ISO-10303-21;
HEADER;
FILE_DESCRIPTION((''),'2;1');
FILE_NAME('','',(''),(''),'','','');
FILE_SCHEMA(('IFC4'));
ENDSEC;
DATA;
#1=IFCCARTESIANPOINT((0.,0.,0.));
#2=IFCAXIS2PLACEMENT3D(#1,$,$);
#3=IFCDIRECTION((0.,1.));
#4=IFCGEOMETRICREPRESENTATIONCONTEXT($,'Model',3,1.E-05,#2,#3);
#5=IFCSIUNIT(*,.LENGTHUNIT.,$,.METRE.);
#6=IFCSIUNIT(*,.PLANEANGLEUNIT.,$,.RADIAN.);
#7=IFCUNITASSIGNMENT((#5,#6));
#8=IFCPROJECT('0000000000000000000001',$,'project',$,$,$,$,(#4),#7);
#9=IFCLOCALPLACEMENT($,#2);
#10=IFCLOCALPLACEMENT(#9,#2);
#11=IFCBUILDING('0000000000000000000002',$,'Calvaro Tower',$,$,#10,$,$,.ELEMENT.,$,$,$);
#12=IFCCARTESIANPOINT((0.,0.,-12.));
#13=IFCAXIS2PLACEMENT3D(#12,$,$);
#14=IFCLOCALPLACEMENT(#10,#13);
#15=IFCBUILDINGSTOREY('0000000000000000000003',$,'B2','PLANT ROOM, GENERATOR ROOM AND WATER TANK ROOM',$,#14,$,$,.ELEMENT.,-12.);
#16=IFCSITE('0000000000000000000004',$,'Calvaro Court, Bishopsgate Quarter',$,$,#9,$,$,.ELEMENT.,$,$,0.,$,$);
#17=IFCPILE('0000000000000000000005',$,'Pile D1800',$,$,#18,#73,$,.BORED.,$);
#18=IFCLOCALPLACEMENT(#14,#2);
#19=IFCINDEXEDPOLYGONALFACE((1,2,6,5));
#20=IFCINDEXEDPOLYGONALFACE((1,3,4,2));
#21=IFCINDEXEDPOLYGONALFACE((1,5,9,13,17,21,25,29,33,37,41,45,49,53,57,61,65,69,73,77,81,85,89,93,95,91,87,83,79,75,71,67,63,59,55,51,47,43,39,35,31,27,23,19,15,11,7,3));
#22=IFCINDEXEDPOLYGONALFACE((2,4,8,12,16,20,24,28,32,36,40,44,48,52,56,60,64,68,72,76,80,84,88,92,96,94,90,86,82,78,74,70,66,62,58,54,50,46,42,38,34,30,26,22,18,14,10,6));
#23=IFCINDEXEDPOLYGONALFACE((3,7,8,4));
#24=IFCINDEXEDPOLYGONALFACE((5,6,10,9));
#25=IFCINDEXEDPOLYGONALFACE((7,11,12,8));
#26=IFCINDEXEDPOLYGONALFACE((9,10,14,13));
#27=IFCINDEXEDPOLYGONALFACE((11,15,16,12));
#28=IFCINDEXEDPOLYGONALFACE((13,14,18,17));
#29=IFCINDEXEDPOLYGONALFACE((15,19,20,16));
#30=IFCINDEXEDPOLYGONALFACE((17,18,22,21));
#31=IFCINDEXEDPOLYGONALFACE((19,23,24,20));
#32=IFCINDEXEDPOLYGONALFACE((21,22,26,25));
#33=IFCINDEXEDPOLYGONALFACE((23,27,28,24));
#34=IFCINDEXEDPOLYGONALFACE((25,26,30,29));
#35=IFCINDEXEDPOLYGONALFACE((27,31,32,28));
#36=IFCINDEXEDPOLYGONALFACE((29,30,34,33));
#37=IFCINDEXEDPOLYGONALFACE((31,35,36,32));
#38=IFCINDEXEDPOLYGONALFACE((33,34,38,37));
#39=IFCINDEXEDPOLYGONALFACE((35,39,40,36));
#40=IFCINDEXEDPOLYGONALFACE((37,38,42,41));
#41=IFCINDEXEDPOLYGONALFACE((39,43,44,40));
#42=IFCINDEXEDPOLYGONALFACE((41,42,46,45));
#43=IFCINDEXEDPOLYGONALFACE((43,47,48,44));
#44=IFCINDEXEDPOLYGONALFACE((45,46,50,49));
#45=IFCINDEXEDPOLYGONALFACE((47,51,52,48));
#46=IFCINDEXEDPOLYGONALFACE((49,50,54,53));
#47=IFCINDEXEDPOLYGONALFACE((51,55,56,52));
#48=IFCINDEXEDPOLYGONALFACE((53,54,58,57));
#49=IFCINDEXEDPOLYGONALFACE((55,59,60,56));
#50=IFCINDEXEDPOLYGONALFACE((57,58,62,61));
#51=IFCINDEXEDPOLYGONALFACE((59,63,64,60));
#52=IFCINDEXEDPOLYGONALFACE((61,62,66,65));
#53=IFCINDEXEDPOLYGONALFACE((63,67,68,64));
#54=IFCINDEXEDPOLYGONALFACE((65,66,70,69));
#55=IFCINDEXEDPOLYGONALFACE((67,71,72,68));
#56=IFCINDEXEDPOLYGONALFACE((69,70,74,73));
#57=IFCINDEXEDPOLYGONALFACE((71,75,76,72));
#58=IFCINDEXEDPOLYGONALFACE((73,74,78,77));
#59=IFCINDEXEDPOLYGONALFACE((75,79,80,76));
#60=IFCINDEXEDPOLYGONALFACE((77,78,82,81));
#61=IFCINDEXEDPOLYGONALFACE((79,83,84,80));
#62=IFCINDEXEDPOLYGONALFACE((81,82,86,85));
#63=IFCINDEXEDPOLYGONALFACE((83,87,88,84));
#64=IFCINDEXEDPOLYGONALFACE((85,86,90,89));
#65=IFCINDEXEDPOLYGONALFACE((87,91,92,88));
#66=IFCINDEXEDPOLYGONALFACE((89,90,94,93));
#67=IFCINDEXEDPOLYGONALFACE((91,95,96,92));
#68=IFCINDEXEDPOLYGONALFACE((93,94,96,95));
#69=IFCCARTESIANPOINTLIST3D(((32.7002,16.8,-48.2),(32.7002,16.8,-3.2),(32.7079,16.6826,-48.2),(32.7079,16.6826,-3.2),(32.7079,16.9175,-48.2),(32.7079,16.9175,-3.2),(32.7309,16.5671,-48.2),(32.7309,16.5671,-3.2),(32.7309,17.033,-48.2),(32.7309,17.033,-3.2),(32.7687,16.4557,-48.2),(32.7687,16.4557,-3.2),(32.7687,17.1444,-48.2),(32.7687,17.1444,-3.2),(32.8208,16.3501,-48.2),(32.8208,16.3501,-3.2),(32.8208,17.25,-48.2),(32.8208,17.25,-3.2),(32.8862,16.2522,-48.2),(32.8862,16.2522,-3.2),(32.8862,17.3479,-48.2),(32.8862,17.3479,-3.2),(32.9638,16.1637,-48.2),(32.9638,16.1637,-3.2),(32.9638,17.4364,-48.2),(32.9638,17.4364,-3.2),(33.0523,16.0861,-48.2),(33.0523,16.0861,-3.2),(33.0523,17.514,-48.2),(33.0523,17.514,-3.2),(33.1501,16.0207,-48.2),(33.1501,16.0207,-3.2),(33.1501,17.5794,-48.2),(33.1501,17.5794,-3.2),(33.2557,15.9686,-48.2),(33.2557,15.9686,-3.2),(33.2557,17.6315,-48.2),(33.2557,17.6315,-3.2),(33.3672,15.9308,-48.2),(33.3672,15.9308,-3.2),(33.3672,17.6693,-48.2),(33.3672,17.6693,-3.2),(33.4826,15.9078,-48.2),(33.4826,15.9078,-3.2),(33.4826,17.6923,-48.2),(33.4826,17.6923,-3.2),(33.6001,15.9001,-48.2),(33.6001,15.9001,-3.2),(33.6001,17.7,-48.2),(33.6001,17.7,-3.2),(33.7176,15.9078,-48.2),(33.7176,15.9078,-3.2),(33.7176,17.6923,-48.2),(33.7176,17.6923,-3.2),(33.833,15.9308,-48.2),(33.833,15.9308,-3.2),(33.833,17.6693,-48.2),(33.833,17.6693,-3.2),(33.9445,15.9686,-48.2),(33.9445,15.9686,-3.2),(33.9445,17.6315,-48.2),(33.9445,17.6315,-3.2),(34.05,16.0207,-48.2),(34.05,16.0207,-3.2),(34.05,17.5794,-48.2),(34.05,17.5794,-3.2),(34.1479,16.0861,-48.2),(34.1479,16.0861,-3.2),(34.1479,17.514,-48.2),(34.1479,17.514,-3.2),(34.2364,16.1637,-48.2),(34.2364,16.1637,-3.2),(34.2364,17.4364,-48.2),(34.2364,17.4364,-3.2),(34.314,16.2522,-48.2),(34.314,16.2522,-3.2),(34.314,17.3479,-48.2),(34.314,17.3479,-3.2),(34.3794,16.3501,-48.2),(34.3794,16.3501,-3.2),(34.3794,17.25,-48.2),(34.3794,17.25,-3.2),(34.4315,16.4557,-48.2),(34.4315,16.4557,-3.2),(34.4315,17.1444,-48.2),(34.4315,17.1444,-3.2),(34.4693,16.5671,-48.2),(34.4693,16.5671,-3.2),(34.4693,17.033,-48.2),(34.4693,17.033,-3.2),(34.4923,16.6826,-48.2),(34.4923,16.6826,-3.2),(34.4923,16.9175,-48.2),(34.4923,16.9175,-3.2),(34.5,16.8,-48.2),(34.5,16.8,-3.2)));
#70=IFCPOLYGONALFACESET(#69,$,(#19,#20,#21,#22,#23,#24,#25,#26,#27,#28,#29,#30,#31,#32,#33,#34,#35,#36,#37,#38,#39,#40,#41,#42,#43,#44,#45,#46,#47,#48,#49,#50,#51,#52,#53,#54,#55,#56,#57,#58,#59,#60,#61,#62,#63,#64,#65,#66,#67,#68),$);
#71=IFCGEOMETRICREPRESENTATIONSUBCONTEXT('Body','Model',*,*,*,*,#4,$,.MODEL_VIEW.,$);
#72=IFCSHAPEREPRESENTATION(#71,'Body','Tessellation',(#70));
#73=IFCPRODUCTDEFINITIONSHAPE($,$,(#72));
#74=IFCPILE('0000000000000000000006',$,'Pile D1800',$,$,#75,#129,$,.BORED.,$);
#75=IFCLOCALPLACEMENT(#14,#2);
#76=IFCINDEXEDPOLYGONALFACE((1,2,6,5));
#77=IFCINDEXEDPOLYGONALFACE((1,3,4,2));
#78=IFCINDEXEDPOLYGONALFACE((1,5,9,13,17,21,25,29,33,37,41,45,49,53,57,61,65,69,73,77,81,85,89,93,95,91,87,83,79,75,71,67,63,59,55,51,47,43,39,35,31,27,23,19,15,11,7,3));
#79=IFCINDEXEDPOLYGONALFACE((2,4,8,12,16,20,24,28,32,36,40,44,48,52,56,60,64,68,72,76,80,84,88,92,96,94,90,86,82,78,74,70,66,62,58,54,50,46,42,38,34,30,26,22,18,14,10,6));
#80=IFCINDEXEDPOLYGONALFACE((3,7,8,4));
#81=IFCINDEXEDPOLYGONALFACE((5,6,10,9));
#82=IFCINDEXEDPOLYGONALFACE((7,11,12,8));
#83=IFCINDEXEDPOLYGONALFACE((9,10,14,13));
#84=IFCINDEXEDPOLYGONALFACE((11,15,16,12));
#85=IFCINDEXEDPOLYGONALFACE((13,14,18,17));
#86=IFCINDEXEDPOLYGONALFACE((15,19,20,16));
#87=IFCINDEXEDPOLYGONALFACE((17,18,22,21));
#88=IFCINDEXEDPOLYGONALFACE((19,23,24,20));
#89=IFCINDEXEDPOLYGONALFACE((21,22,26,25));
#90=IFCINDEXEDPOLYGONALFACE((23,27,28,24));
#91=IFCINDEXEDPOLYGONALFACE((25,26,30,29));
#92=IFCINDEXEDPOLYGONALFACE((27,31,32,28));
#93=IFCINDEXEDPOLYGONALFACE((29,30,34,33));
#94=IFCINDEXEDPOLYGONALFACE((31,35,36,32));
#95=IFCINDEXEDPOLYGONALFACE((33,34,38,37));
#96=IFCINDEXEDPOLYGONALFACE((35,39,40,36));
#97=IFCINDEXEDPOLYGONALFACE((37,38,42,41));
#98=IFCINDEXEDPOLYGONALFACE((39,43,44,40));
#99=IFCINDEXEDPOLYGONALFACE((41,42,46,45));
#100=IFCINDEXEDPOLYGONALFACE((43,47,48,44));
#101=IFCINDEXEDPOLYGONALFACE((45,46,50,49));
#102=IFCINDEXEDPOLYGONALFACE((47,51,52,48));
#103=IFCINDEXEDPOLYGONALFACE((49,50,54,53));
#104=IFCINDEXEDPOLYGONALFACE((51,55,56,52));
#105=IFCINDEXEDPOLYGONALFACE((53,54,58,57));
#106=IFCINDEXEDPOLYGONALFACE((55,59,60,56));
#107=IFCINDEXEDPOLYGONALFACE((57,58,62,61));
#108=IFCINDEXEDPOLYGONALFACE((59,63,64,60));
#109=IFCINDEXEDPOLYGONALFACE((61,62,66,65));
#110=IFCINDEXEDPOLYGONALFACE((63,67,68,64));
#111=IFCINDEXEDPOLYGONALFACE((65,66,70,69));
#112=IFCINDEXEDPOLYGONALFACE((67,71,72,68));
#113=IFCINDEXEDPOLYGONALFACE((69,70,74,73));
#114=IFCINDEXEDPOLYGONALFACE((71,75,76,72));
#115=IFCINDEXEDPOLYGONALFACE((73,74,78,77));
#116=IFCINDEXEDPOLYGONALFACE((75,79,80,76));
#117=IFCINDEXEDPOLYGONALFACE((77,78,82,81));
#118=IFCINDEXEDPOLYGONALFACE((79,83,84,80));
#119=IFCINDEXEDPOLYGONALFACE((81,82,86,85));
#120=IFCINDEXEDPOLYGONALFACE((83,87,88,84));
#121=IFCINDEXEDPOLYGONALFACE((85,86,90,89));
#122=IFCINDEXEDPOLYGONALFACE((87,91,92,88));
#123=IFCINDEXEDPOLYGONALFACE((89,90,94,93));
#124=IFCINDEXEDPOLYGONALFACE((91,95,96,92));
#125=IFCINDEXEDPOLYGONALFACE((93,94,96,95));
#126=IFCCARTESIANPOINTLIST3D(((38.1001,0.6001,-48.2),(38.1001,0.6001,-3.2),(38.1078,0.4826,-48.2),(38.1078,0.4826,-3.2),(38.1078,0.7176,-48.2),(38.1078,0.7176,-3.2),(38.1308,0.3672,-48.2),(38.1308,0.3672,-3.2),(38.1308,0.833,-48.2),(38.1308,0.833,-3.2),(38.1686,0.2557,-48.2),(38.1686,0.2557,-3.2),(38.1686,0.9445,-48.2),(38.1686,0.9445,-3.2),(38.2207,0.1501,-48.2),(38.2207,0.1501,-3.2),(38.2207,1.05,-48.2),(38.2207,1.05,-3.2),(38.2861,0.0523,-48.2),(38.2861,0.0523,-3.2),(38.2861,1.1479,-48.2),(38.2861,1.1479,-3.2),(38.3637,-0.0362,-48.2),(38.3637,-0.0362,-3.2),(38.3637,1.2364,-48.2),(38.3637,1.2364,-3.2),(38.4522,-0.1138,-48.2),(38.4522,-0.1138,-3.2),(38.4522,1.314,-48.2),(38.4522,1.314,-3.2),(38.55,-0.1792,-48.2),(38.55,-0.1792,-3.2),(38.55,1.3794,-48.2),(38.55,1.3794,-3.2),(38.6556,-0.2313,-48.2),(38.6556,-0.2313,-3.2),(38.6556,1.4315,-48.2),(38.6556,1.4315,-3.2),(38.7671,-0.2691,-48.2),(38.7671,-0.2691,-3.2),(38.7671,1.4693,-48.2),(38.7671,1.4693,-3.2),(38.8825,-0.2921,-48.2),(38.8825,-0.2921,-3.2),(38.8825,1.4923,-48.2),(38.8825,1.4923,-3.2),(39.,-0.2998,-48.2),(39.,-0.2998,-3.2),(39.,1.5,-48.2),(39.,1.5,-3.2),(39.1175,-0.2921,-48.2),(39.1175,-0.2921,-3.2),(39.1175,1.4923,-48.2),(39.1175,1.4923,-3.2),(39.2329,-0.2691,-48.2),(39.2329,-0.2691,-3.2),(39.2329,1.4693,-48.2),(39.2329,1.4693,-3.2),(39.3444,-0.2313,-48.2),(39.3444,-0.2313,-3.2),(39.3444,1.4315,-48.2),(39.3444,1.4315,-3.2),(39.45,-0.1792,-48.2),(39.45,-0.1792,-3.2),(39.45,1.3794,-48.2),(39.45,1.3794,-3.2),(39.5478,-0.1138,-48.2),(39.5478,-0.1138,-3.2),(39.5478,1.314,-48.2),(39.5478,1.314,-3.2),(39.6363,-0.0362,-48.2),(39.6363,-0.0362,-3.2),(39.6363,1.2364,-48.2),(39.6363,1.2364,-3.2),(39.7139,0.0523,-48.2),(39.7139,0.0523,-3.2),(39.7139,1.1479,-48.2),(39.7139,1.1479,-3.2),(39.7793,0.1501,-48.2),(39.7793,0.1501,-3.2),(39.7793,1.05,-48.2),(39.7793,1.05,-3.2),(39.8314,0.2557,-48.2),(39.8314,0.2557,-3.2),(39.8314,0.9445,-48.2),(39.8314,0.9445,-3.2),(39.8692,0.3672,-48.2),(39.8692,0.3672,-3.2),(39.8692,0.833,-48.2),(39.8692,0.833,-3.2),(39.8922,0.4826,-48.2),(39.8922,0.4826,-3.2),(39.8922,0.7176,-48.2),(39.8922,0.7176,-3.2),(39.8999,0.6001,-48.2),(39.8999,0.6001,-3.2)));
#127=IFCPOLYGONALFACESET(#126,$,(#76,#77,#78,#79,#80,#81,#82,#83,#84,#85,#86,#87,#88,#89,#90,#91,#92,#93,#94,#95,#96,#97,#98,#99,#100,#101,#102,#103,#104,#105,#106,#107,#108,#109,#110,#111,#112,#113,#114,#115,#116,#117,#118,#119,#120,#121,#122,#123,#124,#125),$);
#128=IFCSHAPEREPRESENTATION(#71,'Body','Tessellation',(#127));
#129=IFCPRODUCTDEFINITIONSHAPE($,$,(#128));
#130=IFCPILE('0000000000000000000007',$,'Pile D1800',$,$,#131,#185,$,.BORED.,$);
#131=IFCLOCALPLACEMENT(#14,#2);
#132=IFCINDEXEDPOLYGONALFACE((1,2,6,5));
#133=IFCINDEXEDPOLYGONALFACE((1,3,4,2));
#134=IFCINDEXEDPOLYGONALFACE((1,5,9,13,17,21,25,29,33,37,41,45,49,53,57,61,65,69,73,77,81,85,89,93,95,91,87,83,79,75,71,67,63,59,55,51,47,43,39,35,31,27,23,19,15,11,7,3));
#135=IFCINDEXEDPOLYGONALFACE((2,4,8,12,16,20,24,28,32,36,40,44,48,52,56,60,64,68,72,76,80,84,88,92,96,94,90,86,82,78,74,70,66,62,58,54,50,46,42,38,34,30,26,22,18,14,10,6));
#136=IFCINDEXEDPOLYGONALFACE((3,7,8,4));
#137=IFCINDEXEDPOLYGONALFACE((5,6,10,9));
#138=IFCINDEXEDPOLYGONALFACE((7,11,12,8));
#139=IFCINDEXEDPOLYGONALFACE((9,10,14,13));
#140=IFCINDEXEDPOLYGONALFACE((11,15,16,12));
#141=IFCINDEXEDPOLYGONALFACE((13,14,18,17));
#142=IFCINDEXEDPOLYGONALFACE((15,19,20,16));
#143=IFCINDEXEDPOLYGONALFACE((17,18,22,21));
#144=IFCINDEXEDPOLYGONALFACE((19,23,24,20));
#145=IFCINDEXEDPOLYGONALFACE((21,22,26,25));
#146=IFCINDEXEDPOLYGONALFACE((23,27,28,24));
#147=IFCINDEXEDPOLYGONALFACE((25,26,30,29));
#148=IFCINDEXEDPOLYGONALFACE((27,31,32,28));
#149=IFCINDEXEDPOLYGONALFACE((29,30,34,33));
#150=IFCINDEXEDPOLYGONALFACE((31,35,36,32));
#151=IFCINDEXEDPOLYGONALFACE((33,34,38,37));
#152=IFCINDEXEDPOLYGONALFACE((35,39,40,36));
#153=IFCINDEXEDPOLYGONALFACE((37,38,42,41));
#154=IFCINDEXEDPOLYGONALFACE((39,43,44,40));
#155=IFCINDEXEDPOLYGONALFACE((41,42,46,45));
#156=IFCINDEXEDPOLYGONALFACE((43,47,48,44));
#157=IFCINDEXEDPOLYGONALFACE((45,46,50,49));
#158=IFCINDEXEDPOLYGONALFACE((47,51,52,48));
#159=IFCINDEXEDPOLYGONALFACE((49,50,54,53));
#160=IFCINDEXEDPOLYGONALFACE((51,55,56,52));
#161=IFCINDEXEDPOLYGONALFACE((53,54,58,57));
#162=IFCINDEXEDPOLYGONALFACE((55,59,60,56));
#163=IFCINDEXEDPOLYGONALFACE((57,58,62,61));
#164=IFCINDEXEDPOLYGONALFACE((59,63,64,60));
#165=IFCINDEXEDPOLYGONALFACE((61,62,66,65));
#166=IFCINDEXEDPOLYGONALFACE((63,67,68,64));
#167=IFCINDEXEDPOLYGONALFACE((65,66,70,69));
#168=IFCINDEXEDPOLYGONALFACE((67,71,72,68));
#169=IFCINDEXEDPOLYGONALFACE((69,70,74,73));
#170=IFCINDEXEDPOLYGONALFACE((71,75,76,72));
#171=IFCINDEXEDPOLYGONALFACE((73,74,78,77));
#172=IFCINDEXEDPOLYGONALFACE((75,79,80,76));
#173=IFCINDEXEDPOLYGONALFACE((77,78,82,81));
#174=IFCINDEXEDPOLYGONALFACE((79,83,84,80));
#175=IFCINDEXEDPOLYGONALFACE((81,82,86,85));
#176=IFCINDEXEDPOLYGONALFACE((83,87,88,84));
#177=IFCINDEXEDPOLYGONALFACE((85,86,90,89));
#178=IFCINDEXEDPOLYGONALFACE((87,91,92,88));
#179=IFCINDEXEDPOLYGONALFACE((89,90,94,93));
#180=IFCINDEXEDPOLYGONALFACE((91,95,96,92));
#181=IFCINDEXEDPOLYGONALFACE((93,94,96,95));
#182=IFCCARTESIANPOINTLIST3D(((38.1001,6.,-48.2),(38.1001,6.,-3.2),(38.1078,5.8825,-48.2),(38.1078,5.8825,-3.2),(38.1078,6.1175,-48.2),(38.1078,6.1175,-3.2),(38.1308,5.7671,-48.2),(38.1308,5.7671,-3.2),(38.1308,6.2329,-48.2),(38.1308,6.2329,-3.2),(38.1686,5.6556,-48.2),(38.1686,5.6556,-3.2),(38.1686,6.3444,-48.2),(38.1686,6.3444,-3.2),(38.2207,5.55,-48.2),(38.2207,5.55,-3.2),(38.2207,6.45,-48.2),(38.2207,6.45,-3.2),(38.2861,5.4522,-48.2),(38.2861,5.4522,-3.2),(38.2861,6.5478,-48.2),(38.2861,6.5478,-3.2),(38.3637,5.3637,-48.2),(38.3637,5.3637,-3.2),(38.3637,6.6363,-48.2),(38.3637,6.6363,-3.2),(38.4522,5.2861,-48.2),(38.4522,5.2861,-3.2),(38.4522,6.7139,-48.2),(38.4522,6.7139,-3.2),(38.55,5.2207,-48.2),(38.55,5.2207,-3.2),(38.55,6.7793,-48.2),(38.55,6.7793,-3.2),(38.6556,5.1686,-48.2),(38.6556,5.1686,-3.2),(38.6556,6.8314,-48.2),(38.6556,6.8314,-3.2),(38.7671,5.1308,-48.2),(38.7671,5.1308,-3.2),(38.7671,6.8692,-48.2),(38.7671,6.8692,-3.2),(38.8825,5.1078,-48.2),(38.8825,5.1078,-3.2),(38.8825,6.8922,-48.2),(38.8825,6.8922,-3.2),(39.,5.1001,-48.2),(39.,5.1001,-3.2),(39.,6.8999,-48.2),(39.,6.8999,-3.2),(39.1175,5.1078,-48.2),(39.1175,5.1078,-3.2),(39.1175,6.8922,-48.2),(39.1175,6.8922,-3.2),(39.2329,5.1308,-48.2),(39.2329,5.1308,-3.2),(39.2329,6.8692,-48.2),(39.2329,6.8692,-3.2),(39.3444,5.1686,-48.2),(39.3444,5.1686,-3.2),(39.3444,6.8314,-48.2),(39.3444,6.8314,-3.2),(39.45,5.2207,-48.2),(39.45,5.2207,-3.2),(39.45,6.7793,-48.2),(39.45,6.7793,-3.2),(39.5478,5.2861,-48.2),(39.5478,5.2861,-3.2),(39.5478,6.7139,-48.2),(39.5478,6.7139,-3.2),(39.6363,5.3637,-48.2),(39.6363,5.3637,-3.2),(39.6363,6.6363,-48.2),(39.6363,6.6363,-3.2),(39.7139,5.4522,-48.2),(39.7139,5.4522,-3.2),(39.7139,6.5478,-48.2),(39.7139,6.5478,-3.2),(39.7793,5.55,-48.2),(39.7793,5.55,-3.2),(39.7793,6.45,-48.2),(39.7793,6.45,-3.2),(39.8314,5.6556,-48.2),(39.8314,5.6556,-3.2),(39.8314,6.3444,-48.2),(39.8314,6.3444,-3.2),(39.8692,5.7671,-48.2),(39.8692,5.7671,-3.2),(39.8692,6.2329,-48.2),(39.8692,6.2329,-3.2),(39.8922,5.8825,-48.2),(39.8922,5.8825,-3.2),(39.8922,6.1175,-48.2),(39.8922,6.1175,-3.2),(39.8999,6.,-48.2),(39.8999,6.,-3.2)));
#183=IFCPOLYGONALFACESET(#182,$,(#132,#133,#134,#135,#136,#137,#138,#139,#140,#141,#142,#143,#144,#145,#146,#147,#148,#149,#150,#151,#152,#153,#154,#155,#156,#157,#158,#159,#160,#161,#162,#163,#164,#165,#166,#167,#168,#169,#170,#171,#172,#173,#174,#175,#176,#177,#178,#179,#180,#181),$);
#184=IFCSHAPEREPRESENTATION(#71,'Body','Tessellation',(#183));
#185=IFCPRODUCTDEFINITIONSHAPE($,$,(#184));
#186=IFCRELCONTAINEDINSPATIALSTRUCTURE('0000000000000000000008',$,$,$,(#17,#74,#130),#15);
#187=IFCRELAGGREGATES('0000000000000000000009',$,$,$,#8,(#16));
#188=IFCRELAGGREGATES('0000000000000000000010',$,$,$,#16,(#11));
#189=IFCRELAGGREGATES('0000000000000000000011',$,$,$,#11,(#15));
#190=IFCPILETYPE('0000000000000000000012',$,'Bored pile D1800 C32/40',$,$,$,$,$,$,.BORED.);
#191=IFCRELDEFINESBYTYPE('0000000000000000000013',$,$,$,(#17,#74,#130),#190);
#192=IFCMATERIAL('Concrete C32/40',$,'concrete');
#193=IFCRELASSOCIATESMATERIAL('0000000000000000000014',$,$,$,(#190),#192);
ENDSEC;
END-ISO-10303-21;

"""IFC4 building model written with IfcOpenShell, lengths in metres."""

from ifc_helpers import new_model, si_unit, direction, frame, origin, origin_2d, place, context, subcontext, project, spatial, circle, extrude, material, material_profile, profile_set, type_object, element, save


model = new_model("IFC4")

# Units and contexts
model_context = context("Model", 3, precision=1e-05, world=origin(), true_north=direction((0.0, 1.0)))
body_context = subcontext(model_context, "Body", "Model", "MODEL_VIEW")
ifc_project = project(units=[si_unit("LENGTHUNIT", "METRE"), si_unit("PLANEANGLEUNIT", "RADIAN")], contexts=[model_context])

# Site, building, storey
site_placement = place(None, origin())
site = spatial("IfcSite", under=ifc_project, at=site_placement, Name="Calvaro Court, Bishopsgate Quarter", CompositionType="ELEMENT", RefElevation=0.0)
building_placement = place(site_placement, origin())
building = spatial("IfcBuilding", under=site, at=building_placement, Name="Calvaro Tower", CompositionType="ELEMENT")
storey_placement = place(building_placement, frame((0.0, 0.0, -12.0)))
storey = spatial("IfcBuildingStorey", under=building, at=storey_placement, Name="B2", Description="PLANT ROOM, GENERATOR ROOM AND WATER TANK ROOM", CompositionType="ELEMENT", Elevation=-12.0)

# Piles
ifc_material_1 = material(Name="Concrete C32/40", Category="concrete")
ifc_material_profile_1 = material_profile(ifc_material_1, circle(Radius=0.8999, at=origin_2d()), Name="Bored pile D1800")
ifc_profile_set_1 = profile_set([ifc_material_profile_1], Name="Concrete C32/40")
pile_type = type_object("IfcPileType", Name="Bored pile D1800 C32/40", PredefinedType="BORED", material=ifc_profile_set_1)
for number, where, z_axis, x_axis, name in (
    (1, (33.6001, 16.8, -3.2), (0.0, 0.0, -1.0), (1.0, 0.0, 0.0), "Pile D1800"),
    (2, (39.0, 0.6001, -3.2), (0.0, 0.0, -1.0), (1.0, 0.0, 0.0), "Pile D1800"),
    (3, (39.0, 6.0, -3.2), (0.0, 0.0, -1.0), (1.0, 0.0, 0.0), "Pile D1800"),
):
    element("IfcPile", number, at=place(storey_placement, frame(where, z_axis=z_axis, x_axis=x_axis)), inside=storey, type_object=pile_type, Name=name, PredefinedType="BORED", context=body_context, shape_type="SweptSolid", body=[
        extrude(circle(Radius=0.8999, at=origin_2d()), origin(), (0.0, 0.0, 1.0), 45.0),
    ])

save(model, "model.ifc")
